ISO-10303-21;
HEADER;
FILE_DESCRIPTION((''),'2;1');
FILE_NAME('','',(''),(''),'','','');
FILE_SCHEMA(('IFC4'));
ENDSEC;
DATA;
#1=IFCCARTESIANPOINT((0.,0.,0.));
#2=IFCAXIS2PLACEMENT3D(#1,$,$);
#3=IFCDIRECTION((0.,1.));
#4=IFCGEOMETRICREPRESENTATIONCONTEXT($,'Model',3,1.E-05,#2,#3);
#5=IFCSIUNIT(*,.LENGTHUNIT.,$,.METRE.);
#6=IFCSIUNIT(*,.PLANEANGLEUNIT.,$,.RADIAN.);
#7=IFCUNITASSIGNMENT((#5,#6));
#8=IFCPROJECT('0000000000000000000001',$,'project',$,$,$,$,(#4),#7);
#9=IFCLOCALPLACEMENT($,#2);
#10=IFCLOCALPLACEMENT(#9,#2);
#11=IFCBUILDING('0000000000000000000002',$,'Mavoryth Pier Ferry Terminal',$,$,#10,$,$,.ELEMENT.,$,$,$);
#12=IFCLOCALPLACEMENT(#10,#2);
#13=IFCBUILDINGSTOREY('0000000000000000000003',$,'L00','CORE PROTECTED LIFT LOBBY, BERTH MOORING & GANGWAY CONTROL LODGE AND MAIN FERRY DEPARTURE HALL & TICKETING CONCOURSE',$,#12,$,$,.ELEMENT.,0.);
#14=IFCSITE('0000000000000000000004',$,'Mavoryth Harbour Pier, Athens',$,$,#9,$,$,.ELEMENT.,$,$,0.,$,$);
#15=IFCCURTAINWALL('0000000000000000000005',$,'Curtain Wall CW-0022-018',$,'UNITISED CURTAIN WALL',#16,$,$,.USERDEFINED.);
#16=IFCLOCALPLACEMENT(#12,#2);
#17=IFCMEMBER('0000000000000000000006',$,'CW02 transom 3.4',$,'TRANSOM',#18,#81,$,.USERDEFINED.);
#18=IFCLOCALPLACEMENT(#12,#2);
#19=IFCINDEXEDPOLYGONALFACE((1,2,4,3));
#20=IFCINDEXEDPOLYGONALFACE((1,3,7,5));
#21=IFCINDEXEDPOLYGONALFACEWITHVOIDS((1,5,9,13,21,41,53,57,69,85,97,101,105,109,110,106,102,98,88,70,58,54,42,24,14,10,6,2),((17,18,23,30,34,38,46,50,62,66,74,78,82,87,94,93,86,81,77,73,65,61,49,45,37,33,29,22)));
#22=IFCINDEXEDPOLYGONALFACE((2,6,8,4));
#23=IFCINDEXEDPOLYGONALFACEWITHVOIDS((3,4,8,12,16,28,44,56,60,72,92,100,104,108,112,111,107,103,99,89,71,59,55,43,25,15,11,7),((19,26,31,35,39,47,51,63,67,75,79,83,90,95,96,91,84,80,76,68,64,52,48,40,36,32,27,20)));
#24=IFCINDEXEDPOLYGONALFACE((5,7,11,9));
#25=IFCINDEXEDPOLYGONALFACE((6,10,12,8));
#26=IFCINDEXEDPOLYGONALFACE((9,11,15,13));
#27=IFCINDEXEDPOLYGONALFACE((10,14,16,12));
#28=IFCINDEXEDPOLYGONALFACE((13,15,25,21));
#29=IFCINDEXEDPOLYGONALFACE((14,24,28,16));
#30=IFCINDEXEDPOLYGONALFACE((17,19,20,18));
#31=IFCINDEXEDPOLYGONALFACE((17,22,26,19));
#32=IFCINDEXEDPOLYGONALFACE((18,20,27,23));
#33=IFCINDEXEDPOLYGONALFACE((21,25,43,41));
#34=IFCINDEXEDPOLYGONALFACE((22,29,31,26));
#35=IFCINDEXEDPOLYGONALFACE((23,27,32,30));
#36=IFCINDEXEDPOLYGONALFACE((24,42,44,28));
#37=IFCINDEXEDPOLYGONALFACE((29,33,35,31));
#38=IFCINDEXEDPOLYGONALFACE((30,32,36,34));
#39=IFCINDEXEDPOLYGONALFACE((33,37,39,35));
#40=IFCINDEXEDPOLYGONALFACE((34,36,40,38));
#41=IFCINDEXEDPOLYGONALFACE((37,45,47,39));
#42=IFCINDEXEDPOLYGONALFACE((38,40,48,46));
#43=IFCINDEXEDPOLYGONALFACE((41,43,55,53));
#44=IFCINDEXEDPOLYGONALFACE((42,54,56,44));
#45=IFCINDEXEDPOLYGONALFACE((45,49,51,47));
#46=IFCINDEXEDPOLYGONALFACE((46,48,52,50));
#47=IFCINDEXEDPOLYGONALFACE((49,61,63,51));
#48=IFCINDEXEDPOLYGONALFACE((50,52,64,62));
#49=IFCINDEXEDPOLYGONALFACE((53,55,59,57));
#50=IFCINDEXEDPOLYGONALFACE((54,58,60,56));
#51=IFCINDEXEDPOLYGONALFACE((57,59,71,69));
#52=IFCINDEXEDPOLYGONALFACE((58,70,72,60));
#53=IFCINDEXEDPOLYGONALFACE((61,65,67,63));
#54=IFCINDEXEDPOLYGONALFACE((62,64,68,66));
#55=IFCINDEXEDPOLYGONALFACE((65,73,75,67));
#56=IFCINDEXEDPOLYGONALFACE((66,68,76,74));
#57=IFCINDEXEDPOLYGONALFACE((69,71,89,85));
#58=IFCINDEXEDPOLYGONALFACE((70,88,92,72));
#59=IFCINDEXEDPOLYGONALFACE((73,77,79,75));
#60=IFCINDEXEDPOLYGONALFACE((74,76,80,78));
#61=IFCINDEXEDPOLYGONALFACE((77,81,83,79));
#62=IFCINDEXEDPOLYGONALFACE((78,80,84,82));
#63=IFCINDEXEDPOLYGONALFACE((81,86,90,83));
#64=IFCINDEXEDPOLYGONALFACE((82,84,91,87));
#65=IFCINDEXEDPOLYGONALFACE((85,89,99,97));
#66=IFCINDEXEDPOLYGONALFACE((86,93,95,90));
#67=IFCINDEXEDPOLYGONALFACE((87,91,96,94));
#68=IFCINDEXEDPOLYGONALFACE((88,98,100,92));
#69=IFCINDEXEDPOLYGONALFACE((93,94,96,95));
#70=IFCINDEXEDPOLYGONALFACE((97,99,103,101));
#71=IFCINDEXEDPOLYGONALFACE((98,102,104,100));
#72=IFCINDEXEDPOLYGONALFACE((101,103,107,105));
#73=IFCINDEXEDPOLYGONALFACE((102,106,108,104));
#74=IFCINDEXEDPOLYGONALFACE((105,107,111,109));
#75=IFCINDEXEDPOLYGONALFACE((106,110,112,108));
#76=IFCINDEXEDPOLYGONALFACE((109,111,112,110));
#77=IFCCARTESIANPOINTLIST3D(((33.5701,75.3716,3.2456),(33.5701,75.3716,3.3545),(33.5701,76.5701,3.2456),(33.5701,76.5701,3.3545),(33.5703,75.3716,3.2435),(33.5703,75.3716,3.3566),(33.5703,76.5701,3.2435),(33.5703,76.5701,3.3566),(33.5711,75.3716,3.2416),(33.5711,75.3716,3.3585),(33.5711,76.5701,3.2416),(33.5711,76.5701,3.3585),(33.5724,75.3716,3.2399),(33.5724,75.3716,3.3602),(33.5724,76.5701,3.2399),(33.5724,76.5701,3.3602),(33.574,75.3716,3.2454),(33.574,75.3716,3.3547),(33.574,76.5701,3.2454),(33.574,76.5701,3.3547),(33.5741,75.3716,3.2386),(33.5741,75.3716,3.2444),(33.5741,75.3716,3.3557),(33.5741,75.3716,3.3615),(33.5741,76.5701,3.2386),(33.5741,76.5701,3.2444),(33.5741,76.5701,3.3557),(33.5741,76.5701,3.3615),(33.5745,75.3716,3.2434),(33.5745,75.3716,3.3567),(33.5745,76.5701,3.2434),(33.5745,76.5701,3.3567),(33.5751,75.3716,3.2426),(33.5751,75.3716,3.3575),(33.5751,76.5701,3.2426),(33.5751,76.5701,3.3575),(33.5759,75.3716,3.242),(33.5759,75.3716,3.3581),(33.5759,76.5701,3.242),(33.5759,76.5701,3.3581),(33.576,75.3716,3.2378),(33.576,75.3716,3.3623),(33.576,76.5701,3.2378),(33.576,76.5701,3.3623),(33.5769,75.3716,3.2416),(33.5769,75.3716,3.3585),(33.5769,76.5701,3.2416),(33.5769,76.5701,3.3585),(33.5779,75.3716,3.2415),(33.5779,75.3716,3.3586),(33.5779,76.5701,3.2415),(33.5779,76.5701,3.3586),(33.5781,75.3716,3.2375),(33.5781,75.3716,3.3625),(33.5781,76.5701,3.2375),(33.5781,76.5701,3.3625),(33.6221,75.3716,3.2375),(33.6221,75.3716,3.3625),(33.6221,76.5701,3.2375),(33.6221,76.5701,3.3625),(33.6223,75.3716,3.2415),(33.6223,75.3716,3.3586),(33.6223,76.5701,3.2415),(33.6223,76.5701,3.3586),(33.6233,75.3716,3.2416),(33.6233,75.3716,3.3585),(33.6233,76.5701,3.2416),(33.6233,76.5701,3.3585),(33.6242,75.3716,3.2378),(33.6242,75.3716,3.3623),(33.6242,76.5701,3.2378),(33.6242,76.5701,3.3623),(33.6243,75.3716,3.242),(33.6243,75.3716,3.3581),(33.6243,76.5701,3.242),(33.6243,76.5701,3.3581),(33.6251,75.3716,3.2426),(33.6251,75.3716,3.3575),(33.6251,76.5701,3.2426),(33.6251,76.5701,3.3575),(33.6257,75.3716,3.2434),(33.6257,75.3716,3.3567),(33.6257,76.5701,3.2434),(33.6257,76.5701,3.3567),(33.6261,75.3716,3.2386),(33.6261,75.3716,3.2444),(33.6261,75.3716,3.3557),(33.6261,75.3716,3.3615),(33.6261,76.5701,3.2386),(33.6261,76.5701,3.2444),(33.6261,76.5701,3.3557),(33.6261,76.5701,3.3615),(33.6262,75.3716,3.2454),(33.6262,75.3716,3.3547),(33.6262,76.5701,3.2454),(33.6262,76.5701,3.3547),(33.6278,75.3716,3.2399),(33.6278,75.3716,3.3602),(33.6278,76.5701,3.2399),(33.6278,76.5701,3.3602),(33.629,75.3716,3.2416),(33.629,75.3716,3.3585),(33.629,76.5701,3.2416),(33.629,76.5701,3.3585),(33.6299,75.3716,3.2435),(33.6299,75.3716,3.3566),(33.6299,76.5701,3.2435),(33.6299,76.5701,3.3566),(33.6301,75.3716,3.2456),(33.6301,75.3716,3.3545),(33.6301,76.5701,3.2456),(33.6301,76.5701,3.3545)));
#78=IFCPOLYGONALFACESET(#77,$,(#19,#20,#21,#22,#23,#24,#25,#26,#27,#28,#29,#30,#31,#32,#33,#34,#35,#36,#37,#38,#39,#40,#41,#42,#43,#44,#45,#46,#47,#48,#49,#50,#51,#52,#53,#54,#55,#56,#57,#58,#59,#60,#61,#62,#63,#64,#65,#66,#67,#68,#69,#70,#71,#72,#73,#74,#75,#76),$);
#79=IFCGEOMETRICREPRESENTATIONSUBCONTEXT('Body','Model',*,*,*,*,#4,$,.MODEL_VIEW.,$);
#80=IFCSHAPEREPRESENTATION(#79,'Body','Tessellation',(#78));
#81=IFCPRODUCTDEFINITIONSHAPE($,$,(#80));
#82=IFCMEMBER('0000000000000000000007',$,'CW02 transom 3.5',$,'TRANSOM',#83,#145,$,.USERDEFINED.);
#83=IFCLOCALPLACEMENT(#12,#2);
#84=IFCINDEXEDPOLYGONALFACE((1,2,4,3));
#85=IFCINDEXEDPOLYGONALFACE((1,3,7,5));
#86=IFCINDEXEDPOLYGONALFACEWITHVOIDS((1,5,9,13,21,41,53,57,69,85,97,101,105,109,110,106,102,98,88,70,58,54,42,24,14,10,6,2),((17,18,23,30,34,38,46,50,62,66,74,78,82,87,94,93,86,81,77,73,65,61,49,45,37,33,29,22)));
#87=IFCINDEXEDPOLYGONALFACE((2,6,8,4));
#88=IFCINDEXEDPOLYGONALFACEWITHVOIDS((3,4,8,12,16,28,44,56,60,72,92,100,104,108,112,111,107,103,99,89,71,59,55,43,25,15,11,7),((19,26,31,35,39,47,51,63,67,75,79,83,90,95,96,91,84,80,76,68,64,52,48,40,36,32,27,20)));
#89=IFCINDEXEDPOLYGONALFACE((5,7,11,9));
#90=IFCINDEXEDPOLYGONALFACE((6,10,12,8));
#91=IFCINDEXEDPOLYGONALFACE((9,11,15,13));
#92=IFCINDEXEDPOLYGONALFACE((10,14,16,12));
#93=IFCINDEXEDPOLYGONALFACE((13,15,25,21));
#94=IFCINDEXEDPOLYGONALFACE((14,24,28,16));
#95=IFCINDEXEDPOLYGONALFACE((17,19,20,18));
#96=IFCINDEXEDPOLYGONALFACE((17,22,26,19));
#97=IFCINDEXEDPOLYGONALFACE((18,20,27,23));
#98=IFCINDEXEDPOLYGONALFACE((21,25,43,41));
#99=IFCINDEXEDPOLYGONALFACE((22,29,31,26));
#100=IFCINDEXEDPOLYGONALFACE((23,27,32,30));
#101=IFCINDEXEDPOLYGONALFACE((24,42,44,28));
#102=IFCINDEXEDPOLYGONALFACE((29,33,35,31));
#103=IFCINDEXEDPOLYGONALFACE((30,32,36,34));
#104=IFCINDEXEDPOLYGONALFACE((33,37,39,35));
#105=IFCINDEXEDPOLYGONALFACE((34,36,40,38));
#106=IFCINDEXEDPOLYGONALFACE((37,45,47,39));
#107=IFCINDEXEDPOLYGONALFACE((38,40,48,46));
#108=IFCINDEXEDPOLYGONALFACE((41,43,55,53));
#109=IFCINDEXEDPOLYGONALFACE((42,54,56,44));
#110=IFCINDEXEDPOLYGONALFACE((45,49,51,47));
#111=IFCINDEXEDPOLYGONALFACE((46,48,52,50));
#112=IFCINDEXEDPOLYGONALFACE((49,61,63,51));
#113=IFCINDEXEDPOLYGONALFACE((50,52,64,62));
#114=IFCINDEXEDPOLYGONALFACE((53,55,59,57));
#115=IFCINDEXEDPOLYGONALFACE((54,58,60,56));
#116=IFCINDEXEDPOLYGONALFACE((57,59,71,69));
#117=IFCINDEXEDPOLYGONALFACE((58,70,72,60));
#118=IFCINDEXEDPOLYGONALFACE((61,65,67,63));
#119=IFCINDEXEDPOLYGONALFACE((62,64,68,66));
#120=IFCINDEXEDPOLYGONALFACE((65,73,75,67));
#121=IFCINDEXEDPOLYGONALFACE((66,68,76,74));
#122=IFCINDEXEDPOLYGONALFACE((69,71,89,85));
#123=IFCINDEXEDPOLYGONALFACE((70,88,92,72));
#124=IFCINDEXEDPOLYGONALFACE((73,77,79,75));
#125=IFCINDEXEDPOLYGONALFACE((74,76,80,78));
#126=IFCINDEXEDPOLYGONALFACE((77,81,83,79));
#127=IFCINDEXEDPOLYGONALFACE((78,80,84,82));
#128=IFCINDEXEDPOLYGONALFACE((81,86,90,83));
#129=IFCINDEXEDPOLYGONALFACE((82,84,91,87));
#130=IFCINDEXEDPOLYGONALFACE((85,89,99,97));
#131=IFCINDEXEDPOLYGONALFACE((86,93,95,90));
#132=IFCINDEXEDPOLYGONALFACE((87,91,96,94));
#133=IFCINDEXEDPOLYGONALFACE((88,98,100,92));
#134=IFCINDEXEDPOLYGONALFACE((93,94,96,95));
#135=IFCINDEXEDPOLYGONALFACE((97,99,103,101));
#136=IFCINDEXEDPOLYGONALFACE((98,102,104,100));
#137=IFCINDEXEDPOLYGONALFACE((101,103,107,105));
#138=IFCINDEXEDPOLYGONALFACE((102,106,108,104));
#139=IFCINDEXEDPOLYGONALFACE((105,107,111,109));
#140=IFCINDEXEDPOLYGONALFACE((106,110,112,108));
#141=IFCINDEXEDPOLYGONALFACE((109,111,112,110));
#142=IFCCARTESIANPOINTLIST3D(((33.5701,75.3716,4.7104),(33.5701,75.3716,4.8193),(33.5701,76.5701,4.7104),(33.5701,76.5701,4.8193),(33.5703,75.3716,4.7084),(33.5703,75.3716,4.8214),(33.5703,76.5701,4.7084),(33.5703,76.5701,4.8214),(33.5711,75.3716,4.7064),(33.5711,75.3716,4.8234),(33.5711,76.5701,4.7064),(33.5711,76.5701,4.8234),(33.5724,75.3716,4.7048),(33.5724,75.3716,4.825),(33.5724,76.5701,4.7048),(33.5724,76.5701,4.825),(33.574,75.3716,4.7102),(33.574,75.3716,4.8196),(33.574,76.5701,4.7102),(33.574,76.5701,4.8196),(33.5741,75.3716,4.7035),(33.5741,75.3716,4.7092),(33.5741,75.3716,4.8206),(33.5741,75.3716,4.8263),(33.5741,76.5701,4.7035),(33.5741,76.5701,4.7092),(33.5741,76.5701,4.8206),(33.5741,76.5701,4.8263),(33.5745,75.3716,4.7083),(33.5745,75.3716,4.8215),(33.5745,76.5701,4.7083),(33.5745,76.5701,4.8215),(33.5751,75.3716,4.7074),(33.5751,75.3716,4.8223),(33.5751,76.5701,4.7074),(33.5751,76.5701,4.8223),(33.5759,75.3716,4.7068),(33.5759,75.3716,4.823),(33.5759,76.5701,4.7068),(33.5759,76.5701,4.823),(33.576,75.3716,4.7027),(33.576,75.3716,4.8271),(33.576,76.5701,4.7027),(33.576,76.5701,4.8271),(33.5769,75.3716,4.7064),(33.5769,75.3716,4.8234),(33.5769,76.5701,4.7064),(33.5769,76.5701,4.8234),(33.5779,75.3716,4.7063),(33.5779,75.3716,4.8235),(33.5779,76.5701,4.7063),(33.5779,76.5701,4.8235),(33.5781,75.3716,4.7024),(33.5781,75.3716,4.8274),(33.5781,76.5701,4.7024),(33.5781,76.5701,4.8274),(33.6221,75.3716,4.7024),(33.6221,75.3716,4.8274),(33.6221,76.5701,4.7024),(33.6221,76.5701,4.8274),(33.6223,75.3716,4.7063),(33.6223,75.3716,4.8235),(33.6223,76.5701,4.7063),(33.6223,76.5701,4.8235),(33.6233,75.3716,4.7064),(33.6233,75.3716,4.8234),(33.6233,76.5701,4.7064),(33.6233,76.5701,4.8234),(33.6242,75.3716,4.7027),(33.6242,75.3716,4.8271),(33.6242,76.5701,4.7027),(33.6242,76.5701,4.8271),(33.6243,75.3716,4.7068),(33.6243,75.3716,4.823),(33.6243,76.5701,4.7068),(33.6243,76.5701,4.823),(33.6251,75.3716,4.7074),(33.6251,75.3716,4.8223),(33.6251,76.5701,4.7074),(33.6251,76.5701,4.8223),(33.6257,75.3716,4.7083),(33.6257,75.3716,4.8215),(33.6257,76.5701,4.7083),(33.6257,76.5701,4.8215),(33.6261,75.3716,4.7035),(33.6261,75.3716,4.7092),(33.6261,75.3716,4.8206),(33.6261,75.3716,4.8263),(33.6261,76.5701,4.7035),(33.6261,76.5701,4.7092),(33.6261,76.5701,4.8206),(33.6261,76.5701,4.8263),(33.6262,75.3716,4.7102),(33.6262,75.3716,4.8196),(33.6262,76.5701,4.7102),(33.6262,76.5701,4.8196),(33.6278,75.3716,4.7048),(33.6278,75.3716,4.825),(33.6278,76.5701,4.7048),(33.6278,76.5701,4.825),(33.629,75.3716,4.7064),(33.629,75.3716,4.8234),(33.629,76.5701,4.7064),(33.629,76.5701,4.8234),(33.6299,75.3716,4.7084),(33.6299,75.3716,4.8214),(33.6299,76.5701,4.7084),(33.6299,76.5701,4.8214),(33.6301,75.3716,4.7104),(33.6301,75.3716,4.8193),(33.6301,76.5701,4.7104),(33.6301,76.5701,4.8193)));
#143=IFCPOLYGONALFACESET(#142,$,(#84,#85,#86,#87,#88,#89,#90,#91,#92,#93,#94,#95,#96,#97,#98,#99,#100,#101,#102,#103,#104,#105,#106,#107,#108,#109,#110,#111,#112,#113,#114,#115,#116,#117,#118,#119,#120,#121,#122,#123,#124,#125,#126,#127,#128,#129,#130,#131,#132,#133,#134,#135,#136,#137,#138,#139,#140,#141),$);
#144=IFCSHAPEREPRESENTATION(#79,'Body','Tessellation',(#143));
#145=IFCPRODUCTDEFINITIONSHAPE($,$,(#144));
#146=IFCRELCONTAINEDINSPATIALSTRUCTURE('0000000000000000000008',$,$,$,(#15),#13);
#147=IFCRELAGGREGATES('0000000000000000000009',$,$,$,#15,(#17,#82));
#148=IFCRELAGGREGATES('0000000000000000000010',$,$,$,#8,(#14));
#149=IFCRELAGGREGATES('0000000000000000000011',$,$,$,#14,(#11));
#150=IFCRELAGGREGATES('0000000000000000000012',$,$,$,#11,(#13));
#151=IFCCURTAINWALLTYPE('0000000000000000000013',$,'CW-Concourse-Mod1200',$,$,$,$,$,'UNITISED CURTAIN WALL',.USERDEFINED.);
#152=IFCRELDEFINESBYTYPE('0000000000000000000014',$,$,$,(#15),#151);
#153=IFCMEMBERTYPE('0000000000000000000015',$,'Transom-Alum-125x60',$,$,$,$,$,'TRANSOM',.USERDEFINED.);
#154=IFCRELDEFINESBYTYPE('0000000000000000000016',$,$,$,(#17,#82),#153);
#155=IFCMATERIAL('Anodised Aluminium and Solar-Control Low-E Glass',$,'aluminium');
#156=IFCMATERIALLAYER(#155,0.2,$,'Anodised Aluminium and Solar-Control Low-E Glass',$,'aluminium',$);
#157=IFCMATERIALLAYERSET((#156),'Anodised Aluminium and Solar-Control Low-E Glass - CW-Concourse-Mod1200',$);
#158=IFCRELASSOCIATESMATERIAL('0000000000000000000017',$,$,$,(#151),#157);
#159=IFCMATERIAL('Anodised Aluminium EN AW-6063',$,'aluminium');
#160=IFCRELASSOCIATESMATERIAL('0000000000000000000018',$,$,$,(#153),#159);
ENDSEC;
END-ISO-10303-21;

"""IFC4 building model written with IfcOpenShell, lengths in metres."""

from ifc_helpers import new_model, si_unit, direction, frame, origin, origin_2d, place, context, subcontext, project, spatial, hollow_rectangle, extrude, material, layer, layer_set, material_profile, profile_set, type_object, element, aggregate, save


model = new_model("IFC4")

# Units and contexts
model_context = context("Model", 3, precision=1e-05, world=origin(), true_north=direction((0.0, 1.0)))
body_context = subcontext(model_context, "Body", "Model", "MODEL_VIEW")
ifc_project = project(units=[si_unit("LENGTHUNIT", "METRE"), si_unit("PLANEANGLEUNIT", "RADIAN")], contexts=[model_context])

# Site, building, storey
site_placement = place(None, origin())
site = spatial("IfcSite", under=ifc_project, at=site_placement, Name="Mavoryth Harbour Pier, Athens", CompositionType="ELEMENT", RefElevation=0.0)
building_placement = place(site_placement, origin())
building = spatial("IfcBuilding", under=site, at=building_placement, Name="Mavoryth Pier Ferry Terminal", CompositionType="ELEMENT")
storey_placement = place(building_placement, origin())
storey = spatial("IfcBuildingStorey", under=building, at=storey_placement, Name="L00", Description="CORE PROTECTED LIFT LOBBY, BERTH MOORING & GANGWAY CONTROL LODGE AND MAIN FERRY DEPARTURE HALL & TICKETING CONCOURSE", CompositionType="ELEMENT", Elevation=0.0)

# Curtain wall, members
ifc_material_1 = material(Name="Anodised Aluminium and Solar-Control Low-E Glass", Category="aluminium")
ifc_layer_1 = layer(ifc_material_1, 0.2, Name="Anodised Aluminium and Solar-Control Low-E Glass", Category="aluminium")
ifc_layer_set_1 = layer_set([ifc_layer_1], Name="Anodised Aluminium and Solar-Control Low-E Glass - CW-Concourse-Mod1200")
curtain_wall_type = type_object("IfcCurtainWallType", Name="CW-Concourse-Mod1200", ElementType="UNITISED CURTAIN WALL", PredefinedType="USERDEFINED", material=ifc_layer_set_1)
curtain_wall_placement = place(storey_placement, origin())
curtain_wall = element("IfcCurtainWall", 1, at=curtain_wall_placement, inside=storey, type_object=curtain_wall_type, Name="Curtain Wall CW-0022-018", ObjectType="UNITISED CURTAIN WALL", PredefinedType="USERDEFINED")
ifc_material_2 = material(Name="Anodised Aluminium EN AW-6063", Category="aluminium")
ifc_material_profile_1 = material_profile(ifc_material_2, hollow_rectangle(XDim=0.0601, YDim=0.125, WallThickness=0.0039, InnerFilletRadius=0.0039, OuterFilletRadius=0.0081, at=origin_2d()), Name="AL-TRAN 125x60x4", Category="aluminium")
ifc_profile_set_1 = profile_set([ifc_material_profile_1], Name="Anodised Aluminium EN AW-6063 - AL-TRAN 125x60x4")
member_type_1 = type_object("IfcMemberType", Name="Transom-Alum-125x60", ElementType="TRANSOM", PredefinedType="USERDEFINED", material=ifc_profile_set_1)
member_1_placement = place(storey_placement, frame((33.6001, 75.3716, 3.3), z_axis=(0.0, 1.0, 0.0), x_axis=(-1.0, 0.0, 0.0)))
member_1 = element("IfcMember", 2, at=member_1_placement, type_object=member_type_1, Name="CW02 transom 3.4", ObjectType="TRANSOM", PredefinedType="USERDEFINED", context=body_context, shape_type="SweptSolid", body=[
    extrude(hollow_rectangle(XDim=0.0601, YDim=0.125, WallThickness=0.0039, InnerFilletRadius=0.0039, OuterFilletRadius=0.0081, at=origin_2d()), origin(), (0.0, 0.0, 1.0), 1.1985),
])
member_2_placement = place(storey_placement, frame((33.6001, 75.3716, 4.7649), z_axis=(0.0, 1.0, 0.0), x_axis=(-1.0, 0.0, 0.0)))
member_2 = element("IfcMember", 3, at=member_2_placement, type_object=member_type_1, Name="CW02 transom 3.5", ObjectType="TRANSOM", PredefinedType="USERDEFINED", context=body_context, shape_type="SweptSolid", body=[
    extrude(hollow_rectangle(XDim=0.0601, YDim=0.125, WallThickness=0.0039, InnerFilletRadius=0.0039, OuterFilletRadius=0.0081, at=origin_2d()), origin(), (0.0, 0.0, 1.0), 1.1985),
])
aggregate(curtain_wall, [member_1, member_2])

save(model, "model.ifc")
